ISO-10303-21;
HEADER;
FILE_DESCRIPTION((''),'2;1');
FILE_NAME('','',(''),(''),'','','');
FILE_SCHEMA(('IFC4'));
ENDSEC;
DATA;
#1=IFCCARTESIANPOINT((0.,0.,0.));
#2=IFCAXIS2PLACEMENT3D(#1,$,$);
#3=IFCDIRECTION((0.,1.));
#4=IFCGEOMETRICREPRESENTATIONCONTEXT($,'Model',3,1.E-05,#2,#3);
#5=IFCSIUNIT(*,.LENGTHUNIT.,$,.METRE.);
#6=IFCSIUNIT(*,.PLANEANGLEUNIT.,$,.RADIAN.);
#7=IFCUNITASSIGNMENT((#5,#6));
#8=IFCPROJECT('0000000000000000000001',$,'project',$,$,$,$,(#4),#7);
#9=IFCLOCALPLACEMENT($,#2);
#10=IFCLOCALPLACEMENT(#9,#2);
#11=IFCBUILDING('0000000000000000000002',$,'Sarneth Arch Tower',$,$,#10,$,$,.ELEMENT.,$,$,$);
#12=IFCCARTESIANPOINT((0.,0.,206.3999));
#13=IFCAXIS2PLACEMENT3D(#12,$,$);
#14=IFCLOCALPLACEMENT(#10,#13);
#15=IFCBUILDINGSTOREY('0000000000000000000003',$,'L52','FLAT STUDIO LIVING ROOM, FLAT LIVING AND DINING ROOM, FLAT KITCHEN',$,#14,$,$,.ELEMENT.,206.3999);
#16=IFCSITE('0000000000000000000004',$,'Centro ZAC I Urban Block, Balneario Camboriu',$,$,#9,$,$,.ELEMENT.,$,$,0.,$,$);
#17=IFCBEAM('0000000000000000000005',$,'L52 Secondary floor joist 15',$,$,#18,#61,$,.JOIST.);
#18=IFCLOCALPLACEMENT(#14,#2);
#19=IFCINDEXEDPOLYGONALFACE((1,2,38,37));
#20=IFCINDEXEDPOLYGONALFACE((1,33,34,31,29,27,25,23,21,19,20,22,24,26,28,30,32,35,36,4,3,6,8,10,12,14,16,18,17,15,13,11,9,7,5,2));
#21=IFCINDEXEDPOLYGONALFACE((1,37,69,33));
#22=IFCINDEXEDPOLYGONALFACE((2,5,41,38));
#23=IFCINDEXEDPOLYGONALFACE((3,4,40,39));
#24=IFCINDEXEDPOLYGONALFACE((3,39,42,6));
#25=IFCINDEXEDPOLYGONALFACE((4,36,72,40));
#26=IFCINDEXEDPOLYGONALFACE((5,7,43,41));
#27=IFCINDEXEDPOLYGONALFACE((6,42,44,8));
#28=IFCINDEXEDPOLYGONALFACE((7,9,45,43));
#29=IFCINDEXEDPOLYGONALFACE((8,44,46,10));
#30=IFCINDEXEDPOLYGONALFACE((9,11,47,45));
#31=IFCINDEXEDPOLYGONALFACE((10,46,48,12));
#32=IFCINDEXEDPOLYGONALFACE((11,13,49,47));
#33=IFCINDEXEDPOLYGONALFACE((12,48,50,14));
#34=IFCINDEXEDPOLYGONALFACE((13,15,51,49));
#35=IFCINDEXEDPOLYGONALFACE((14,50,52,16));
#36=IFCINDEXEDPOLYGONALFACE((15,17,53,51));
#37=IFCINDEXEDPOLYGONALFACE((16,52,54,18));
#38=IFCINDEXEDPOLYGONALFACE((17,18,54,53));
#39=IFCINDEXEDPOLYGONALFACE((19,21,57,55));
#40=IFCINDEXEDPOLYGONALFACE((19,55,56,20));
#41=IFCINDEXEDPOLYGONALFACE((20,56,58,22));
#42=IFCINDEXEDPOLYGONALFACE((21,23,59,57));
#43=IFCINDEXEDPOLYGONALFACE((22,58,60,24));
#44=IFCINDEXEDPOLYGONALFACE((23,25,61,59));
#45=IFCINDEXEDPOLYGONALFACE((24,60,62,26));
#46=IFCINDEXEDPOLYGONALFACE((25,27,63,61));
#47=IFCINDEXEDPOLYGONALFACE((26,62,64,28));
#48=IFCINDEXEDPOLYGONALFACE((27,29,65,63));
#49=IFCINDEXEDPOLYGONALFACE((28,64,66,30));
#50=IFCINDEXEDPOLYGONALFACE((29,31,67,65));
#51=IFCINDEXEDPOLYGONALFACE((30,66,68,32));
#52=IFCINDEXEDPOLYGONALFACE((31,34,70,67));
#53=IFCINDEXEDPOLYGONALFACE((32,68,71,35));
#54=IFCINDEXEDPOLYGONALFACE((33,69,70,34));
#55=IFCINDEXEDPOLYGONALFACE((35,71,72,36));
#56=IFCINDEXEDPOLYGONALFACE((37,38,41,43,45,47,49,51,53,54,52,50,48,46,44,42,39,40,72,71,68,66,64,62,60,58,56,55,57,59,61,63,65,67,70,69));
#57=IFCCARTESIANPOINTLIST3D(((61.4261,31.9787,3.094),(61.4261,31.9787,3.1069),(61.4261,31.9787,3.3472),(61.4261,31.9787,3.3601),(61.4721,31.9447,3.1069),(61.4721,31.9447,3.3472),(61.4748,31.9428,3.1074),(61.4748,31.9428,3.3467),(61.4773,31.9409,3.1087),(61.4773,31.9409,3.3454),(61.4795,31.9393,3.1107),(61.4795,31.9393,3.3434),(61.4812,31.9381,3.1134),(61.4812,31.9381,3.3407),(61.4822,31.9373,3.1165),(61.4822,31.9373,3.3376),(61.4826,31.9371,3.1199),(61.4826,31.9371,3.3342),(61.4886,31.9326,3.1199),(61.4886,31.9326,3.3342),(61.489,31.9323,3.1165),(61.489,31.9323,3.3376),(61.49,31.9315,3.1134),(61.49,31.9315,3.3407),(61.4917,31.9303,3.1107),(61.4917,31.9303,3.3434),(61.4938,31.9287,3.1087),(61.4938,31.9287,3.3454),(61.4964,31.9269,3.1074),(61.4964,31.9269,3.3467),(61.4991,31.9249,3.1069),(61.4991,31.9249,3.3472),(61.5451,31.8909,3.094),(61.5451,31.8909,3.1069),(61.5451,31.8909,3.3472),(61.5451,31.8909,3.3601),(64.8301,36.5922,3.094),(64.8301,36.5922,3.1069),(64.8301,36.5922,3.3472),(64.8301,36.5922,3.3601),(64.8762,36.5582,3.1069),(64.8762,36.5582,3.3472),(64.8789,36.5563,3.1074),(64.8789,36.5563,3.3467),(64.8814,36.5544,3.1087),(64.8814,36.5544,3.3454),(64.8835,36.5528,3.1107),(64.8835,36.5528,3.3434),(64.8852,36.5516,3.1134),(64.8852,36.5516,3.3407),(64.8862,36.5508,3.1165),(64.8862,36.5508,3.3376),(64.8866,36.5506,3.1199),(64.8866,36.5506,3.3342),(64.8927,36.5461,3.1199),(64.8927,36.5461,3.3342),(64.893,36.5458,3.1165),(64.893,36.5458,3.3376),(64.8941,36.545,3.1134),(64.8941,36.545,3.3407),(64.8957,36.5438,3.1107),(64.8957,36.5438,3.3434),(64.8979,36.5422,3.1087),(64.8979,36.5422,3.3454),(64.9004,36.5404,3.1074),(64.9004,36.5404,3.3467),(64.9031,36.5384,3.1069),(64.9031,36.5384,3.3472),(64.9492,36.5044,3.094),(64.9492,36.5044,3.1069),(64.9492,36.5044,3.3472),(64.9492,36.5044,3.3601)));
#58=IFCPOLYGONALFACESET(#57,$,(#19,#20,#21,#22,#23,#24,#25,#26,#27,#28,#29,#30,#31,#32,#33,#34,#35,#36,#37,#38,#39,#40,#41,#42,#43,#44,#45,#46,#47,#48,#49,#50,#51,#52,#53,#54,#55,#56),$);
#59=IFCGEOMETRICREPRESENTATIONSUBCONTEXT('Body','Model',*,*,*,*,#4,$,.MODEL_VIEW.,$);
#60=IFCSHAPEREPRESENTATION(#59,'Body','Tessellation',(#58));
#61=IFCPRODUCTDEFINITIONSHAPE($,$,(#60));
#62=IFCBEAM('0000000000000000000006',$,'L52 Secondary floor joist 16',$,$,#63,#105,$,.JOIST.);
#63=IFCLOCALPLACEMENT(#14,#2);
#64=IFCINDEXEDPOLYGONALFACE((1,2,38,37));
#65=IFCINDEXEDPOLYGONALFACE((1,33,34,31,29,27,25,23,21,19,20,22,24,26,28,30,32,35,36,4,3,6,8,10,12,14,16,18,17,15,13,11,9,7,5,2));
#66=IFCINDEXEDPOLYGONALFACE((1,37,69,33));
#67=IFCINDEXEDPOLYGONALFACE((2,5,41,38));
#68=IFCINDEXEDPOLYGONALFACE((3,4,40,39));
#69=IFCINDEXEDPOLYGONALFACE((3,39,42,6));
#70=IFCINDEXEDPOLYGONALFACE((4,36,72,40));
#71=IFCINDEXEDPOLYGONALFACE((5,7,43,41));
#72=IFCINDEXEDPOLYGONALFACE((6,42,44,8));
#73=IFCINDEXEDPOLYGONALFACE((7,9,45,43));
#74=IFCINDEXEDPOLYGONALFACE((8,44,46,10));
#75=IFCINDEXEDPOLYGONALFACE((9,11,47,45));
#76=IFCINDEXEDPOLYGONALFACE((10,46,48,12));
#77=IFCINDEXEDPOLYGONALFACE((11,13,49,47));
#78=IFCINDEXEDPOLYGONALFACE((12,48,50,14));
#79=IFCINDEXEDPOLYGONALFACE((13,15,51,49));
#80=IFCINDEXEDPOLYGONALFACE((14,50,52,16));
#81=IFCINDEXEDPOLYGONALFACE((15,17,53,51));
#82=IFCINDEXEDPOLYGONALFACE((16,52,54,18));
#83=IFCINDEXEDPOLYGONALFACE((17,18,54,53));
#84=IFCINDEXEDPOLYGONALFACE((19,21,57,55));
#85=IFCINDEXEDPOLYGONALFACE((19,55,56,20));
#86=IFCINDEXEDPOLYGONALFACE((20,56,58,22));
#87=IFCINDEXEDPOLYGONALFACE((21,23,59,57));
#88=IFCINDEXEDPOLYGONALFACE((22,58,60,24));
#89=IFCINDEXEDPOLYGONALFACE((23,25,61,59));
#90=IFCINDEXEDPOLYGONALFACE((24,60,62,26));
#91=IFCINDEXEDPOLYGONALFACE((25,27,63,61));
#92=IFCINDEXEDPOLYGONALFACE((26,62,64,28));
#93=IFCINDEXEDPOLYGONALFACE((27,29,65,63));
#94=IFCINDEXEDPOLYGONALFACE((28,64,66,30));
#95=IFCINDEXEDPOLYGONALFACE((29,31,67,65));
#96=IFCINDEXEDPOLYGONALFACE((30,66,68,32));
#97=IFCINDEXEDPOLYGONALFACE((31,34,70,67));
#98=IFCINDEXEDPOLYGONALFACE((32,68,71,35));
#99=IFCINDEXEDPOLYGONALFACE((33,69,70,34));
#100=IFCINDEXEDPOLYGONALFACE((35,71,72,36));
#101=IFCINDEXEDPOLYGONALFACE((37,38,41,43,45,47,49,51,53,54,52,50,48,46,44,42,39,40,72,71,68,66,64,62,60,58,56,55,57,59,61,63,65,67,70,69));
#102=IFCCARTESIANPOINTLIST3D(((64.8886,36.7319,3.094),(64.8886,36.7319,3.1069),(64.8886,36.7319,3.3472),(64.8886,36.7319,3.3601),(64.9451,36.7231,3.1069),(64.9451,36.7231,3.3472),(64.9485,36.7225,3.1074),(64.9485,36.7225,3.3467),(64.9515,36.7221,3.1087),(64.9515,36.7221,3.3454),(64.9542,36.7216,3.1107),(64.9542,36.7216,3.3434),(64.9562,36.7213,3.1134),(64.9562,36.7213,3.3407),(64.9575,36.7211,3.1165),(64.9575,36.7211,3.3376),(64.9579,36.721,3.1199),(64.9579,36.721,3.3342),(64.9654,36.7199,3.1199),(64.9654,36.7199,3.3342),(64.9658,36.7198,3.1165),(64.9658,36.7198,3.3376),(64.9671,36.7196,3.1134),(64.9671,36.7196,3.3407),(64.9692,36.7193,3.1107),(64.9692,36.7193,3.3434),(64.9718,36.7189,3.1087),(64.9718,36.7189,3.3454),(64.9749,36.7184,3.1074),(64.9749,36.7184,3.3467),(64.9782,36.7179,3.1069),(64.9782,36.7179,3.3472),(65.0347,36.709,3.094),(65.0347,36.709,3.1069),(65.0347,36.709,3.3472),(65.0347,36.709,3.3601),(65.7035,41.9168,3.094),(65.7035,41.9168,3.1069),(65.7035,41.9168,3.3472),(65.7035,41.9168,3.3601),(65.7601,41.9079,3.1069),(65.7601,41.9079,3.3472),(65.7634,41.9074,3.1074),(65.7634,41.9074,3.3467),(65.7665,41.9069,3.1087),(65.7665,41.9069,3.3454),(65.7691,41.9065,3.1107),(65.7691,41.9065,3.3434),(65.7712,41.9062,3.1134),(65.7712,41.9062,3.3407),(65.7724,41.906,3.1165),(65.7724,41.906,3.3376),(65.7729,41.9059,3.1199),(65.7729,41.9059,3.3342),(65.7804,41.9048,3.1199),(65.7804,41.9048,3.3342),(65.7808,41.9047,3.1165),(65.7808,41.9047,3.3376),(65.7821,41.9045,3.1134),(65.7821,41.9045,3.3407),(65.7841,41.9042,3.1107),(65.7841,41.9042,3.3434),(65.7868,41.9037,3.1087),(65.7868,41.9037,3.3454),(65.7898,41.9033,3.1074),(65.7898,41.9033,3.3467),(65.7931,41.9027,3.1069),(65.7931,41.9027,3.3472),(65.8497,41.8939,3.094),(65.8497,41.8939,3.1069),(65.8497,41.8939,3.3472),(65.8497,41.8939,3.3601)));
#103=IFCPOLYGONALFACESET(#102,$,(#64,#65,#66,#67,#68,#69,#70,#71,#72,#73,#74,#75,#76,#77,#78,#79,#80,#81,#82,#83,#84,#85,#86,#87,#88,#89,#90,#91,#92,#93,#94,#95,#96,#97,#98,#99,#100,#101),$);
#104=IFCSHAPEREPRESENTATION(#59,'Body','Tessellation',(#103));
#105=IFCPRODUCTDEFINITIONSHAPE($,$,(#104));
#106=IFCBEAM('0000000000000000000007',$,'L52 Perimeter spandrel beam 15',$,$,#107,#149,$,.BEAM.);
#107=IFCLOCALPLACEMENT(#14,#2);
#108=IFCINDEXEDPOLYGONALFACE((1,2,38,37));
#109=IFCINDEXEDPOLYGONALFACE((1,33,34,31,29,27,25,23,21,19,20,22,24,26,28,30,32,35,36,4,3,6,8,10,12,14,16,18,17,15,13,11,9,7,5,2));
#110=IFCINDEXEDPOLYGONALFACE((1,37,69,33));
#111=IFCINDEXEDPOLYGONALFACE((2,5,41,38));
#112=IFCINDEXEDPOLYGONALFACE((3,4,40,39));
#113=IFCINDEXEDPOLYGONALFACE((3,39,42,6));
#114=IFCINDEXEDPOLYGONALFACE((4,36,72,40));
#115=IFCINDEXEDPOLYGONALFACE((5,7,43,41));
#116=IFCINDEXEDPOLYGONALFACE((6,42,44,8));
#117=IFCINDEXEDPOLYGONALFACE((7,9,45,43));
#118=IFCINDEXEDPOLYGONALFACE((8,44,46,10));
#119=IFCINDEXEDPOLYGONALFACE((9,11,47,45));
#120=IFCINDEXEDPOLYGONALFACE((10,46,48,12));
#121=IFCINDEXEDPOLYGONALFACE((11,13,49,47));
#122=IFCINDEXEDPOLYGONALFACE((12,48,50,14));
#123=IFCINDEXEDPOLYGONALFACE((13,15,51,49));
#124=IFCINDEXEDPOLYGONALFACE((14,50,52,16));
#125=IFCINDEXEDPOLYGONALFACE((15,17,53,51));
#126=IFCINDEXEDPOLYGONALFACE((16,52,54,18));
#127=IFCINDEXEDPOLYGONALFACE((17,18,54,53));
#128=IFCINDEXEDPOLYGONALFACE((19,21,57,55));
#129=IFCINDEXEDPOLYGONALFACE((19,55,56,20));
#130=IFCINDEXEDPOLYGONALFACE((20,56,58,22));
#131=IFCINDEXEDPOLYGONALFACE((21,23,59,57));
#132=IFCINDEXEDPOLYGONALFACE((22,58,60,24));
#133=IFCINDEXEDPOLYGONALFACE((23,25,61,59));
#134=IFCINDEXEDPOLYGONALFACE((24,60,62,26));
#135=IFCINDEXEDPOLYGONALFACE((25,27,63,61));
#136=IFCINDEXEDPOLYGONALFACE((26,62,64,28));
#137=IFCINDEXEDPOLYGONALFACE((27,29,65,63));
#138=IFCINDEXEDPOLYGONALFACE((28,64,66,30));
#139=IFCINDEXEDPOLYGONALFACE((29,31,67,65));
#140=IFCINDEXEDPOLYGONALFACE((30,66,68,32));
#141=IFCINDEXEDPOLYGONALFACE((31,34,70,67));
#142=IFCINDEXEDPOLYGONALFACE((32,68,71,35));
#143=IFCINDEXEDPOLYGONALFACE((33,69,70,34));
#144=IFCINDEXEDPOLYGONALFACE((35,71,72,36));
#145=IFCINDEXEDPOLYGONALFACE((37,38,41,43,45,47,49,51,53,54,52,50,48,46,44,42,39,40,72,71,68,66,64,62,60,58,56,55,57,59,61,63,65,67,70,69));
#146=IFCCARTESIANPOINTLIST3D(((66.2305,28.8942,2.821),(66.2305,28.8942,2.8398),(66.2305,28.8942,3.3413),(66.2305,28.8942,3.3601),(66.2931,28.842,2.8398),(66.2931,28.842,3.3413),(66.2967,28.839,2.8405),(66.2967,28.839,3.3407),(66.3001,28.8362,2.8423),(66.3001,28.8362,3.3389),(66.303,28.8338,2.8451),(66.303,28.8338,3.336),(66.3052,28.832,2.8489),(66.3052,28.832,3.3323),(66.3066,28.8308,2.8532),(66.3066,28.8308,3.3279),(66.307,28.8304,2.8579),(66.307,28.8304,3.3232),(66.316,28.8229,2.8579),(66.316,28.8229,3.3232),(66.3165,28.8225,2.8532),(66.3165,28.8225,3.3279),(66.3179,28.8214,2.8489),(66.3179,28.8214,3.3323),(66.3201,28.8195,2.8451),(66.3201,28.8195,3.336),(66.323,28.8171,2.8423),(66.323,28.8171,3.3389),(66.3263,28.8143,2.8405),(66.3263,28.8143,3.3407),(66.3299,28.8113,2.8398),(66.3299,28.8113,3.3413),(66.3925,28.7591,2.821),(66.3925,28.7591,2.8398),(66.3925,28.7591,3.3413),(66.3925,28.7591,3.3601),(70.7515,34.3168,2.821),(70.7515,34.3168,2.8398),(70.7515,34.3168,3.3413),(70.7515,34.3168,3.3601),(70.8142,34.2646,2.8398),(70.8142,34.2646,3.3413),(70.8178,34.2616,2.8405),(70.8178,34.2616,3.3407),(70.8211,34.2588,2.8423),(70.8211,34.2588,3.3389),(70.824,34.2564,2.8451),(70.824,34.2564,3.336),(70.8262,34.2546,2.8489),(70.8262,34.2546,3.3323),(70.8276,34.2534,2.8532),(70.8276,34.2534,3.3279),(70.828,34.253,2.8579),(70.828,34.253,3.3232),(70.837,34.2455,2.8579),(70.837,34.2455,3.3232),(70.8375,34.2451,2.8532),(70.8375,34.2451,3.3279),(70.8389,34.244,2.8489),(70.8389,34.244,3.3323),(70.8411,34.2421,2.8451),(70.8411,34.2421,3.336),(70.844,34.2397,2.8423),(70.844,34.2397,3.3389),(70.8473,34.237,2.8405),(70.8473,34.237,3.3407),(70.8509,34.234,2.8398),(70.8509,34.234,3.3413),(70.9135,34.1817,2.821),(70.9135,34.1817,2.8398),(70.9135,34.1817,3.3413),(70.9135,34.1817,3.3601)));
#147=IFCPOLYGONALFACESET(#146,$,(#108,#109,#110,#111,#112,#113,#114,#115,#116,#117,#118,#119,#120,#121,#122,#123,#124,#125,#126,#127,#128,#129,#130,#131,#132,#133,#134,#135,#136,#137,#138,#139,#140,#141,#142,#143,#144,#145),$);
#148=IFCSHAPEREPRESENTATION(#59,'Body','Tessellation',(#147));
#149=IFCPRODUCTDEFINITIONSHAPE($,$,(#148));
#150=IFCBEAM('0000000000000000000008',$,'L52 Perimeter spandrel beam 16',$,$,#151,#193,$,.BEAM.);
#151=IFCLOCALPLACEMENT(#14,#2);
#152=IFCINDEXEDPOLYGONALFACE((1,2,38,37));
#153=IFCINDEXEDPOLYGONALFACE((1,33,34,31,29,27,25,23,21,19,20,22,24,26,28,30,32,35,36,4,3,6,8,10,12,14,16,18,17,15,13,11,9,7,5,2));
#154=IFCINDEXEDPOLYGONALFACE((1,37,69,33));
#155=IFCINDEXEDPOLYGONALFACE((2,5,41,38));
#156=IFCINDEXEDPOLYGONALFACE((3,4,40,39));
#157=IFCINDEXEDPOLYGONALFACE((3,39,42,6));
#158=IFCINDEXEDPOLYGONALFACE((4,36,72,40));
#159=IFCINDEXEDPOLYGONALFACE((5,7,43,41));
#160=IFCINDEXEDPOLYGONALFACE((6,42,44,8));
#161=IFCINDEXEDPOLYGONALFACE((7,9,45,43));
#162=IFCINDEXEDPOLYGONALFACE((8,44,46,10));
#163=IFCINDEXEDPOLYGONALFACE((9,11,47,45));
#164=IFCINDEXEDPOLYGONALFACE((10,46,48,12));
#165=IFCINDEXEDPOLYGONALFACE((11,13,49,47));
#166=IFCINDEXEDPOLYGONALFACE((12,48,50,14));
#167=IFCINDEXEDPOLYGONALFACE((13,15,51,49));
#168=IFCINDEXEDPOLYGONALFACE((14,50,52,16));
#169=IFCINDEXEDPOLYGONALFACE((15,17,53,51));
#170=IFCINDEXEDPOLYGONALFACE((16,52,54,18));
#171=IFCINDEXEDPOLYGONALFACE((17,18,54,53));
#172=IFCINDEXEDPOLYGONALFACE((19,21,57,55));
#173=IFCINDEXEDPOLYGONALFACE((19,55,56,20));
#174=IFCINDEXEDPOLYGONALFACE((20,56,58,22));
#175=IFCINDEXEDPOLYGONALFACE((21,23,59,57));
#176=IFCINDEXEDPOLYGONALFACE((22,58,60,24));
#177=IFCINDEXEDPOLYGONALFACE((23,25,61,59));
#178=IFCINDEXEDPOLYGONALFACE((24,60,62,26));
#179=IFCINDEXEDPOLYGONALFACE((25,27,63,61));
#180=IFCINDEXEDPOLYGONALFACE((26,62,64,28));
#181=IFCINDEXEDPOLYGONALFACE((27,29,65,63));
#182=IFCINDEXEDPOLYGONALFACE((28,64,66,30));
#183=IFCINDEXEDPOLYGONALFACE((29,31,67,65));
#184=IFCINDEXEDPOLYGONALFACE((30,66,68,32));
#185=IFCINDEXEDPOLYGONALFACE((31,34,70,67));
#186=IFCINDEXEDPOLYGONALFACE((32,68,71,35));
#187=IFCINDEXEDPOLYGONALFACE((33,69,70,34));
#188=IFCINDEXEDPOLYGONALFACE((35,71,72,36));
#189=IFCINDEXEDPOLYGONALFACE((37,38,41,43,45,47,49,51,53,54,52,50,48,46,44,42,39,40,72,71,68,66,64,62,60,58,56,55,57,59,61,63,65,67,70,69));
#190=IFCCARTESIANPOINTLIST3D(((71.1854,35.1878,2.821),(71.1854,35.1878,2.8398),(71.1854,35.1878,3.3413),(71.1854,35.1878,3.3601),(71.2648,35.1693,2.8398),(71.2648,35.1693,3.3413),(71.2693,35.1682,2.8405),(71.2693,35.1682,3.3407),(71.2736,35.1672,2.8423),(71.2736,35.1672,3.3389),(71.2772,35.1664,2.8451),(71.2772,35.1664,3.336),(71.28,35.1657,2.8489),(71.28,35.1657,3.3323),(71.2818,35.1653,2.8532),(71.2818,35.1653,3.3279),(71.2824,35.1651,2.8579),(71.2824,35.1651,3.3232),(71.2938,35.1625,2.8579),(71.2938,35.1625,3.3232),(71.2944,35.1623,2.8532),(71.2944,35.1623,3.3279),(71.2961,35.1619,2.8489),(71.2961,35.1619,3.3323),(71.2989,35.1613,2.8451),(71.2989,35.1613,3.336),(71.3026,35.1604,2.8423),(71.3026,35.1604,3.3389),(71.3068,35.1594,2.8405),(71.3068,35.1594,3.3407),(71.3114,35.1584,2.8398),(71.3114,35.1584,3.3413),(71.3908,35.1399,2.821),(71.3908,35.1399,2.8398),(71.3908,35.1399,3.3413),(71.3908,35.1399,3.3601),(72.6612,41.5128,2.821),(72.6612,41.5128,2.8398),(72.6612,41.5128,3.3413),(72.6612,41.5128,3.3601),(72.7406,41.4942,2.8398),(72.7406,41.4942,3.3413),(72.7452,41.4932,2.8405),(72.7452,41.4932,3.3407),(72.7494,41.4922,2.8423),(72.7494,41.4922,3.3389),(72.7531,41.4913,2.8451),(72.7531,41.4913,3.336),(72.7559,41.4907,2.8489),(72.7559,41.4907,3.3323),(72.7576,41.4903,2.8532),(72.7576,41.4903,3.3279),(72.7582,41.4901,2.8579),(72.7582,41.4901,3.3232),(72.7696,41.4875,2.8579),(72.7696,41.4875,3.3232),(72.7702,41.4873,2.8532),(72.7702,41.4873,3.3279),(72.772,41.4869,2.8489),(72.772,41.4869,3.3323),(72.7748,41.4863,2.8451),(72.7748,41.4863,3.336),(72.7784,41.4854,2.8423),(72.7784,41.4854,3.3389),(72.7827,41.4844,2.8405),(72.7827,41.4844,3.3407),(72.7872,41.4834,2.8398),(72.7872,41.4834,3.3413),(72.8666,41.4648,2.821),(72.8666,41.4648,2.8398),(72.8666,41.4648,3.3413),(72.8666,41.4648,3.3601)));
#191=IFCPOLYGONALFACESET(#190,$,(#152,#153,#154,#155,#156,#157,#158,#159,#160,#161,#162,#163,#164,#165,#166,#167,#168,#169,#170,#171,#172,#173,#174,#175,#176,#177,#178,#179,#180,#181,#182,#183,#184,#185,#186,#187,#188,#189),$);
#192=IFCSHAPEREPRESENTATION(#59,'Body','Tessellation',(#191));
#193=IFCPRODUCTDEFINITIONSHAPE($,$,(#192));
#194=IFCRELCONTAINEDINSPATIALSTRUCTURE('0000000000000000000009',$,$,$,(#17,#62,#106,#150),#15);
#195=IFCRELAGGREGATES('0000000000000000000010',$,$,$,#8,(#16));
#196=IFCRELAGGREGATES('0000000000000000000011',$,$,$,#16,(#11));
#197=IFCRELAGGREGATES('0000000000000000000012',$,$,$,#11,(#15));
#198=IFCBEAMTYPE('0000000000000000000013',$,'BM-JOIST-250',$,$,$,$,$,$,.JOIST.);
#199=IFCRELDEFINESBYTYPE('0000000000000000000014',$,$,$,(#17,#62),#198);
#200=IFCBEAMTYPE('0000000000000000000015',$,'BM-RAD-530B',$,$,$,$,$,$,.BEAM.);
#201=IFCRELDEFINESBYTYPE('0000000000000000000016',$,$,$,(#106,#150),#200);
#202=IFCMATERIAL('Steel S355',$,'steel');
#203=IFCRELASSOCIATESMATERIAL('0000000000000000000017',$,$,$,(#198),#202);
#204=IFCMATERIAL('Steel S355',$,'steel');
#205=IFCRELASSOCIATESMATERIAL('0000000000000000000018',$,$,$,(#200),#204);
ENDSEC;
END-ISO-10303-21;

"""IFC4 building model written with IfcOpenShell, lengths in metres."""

from ifc_helpers import new_model, si_unit, direction, frame, origin, origin_2d, place, context, subcontext, project, spatial, i_section, extrude, material, material_profile, profile_set, type_object, element, save


model = new_model("IFC4")

# Units and contexts
model_context = context("Model", 3, precision=1e-05, world=origin(), true_north=direction((0.0, 1.0)))
body_context = subcontext(model_context, "Body", "Model", "MODEL_VIEW")
ifc_project = project(units=[si_unit("LENGTHUNIT", "METRE"), si_unit("PLANEANGLEUNIT", "RADIAN")], contexts=[model_context])

# Site, building, storey
site_placement = place(None, origin())
site = spatial("IfcSite", under=ifc_project, at=site_placement, Name="Centro ZAC I Urban Block, Balneario Camboriu", CompositionType="ELEMENT", RefElevation=0.0)
building_placement = place(site_placement, origin())
building = spatial("IfcBuilding", under=site, at=building_placement, Name="Sarneth Arch Tower", CompositionType="ELEMENT")
storey_placement = place(building_placement, frame((0.0, 0.0, 206.3999)))
storey = spatial("IfcBuildingStorey", under=building, at=storey_placement, Name="L52", Description="FLAT STUDIO LIVING ROOM, FLAT LIVING AND DINING ROOM, FLAT KITCHEN", CompositionType="ELEMENT", Elevation=206.3999)

# Beams
ifc_material_1 = material(Name="Steel S355", Category="steel")
ifc_material_profile_1 = material_profile(ifc_material_1, i_section(OverallWidth=0.1479, OverallDepth=0.2661, WebThickness=0.0076, FlangeThickness=0.0129, FilletRadius=0.0129, at=origin_2d()), Name="W250x44.8")
ifc_profile_set_1 = profile_set([ifc_material_profile_1], Name="Steel S355")
beam_type_1 = type_object("IfcBeamType", Name="BM-JOIST-250", PredefinedType="JOIST", material=ifc_profile_set_1)
beam_1_placement = place(storey_placement, frame((61.4856, 31.9348, 3.2271), z_axis=(0.59372, 0.804671, 0.0), x_axis=(-0.804671, 0.59372, 0.0)))
element("IfcBeam", 1, at=beam_1_placement, inside=storey, type_object=beam_type_1, Name="L52 Secondary floor joist 15", PredefinedType="JOIST", context=body_context, shape_type="SweptSolid", body=[
    extrude(i_section(OverallWidth=0.1479, OverallDepth=0.2661, WebThickness=0.0076, FlangeThickness=0.0129, FilletRadius=0.0129, at=origin_2d()), origin(), (0.0, 0.0, 1.0), 5.7334),
])
beam_2_placement = place(storey_placement, frame((64.9617, 36.7205, 3.2271), z_axis=(0.155272, 0.987872, 0.0), x_axis=(-0.987872, 0.155272, 0.0)))
element("IfcBeam", 2, at=beam_2_placement, inside=storey, type_object=beam_type_1, Name="L52 Secondary floor joist 16", PredefinedType="JOIST", context=body_context, shape_type="SweptSolid", body=[
    extrude(i_section(OverallWidth=0.1479, OverallDepth=0.2661, WebThickness=0.0076, FlangeThickness=0.0129, FilletRadius=0.0129, at=origin_2d()), origin(), (0.0, 0.0, 1.0), 5.2485),
])
ifc_material_2 = material(Name="Steel S355", Category="steel")
ifc_material_profile_2 = material_profile(ifc_material_2, i_section(OverallWidth=0.2109, OverallDepth=0.5391, WebThickness=0.0117, FlangeThickness=0.0188, FilletRadius=0.0181, at=origin_2d()), Name="W530x109")
ifc_profile_set_2 = profile_set([ifc_material_profile_2], Name="Steel S355")
beam_type_2 = type_object("IfcBeamType", Name="BM-RAD-530B", PredefinedType="BEAM", material=ifc_profile_set_2)
beam_3_placement = place(storey_placement, frame((66.3115, 28.8267, 3.0906), z_axis=(0.640365, 0.768071, 0.0), x_axis=(-0.768071, 0.640365, 0.0)))
element("IfcBeam", 3, at=beam_3_placement, inside=storey, type_object=beam_type_2, Name="L52 Perimeter spandrel beam 15", PredefinedType="BEAM", context=body_context, shape_type="SweptSolid", body=[
    extrude(i_section(OverallWidth=0.2109, OverallDepth=0.5391, WebThickness=0.0117, FlangeThickness=0.0188, FilletRadius=0.0181, at=origin_2d()), origin(), (0.0, 0.0, 1.0), 7.0601),
])
beam_4_placement = place(storey_placement, frame((71.2881, 35.1638, 3.0906), z_axis=(0.227231, 0.973841, 0.0), x_axis=(-0.973841, 0.227231, 0.0)))
element("IfcBeam", 4, at=beam_4_placement, inside=storey, type_object=beam_type_2, Name="L52 Perimeter spandrel beam 16", PredefinedType="BEAM", context=body_context, shape_type="SweptSolid", body=[
    extrude(i_section(OverallWidth=0.2109, OverallDepth=0.5391, WebThickness=0.0117, FlangeThickness=0.0188, FilletRadius=0.0181, at=origin_2d()), origin(), (0.0, 0.0, 1.0), 6.4949),
])

save(model, "model.ifc")
